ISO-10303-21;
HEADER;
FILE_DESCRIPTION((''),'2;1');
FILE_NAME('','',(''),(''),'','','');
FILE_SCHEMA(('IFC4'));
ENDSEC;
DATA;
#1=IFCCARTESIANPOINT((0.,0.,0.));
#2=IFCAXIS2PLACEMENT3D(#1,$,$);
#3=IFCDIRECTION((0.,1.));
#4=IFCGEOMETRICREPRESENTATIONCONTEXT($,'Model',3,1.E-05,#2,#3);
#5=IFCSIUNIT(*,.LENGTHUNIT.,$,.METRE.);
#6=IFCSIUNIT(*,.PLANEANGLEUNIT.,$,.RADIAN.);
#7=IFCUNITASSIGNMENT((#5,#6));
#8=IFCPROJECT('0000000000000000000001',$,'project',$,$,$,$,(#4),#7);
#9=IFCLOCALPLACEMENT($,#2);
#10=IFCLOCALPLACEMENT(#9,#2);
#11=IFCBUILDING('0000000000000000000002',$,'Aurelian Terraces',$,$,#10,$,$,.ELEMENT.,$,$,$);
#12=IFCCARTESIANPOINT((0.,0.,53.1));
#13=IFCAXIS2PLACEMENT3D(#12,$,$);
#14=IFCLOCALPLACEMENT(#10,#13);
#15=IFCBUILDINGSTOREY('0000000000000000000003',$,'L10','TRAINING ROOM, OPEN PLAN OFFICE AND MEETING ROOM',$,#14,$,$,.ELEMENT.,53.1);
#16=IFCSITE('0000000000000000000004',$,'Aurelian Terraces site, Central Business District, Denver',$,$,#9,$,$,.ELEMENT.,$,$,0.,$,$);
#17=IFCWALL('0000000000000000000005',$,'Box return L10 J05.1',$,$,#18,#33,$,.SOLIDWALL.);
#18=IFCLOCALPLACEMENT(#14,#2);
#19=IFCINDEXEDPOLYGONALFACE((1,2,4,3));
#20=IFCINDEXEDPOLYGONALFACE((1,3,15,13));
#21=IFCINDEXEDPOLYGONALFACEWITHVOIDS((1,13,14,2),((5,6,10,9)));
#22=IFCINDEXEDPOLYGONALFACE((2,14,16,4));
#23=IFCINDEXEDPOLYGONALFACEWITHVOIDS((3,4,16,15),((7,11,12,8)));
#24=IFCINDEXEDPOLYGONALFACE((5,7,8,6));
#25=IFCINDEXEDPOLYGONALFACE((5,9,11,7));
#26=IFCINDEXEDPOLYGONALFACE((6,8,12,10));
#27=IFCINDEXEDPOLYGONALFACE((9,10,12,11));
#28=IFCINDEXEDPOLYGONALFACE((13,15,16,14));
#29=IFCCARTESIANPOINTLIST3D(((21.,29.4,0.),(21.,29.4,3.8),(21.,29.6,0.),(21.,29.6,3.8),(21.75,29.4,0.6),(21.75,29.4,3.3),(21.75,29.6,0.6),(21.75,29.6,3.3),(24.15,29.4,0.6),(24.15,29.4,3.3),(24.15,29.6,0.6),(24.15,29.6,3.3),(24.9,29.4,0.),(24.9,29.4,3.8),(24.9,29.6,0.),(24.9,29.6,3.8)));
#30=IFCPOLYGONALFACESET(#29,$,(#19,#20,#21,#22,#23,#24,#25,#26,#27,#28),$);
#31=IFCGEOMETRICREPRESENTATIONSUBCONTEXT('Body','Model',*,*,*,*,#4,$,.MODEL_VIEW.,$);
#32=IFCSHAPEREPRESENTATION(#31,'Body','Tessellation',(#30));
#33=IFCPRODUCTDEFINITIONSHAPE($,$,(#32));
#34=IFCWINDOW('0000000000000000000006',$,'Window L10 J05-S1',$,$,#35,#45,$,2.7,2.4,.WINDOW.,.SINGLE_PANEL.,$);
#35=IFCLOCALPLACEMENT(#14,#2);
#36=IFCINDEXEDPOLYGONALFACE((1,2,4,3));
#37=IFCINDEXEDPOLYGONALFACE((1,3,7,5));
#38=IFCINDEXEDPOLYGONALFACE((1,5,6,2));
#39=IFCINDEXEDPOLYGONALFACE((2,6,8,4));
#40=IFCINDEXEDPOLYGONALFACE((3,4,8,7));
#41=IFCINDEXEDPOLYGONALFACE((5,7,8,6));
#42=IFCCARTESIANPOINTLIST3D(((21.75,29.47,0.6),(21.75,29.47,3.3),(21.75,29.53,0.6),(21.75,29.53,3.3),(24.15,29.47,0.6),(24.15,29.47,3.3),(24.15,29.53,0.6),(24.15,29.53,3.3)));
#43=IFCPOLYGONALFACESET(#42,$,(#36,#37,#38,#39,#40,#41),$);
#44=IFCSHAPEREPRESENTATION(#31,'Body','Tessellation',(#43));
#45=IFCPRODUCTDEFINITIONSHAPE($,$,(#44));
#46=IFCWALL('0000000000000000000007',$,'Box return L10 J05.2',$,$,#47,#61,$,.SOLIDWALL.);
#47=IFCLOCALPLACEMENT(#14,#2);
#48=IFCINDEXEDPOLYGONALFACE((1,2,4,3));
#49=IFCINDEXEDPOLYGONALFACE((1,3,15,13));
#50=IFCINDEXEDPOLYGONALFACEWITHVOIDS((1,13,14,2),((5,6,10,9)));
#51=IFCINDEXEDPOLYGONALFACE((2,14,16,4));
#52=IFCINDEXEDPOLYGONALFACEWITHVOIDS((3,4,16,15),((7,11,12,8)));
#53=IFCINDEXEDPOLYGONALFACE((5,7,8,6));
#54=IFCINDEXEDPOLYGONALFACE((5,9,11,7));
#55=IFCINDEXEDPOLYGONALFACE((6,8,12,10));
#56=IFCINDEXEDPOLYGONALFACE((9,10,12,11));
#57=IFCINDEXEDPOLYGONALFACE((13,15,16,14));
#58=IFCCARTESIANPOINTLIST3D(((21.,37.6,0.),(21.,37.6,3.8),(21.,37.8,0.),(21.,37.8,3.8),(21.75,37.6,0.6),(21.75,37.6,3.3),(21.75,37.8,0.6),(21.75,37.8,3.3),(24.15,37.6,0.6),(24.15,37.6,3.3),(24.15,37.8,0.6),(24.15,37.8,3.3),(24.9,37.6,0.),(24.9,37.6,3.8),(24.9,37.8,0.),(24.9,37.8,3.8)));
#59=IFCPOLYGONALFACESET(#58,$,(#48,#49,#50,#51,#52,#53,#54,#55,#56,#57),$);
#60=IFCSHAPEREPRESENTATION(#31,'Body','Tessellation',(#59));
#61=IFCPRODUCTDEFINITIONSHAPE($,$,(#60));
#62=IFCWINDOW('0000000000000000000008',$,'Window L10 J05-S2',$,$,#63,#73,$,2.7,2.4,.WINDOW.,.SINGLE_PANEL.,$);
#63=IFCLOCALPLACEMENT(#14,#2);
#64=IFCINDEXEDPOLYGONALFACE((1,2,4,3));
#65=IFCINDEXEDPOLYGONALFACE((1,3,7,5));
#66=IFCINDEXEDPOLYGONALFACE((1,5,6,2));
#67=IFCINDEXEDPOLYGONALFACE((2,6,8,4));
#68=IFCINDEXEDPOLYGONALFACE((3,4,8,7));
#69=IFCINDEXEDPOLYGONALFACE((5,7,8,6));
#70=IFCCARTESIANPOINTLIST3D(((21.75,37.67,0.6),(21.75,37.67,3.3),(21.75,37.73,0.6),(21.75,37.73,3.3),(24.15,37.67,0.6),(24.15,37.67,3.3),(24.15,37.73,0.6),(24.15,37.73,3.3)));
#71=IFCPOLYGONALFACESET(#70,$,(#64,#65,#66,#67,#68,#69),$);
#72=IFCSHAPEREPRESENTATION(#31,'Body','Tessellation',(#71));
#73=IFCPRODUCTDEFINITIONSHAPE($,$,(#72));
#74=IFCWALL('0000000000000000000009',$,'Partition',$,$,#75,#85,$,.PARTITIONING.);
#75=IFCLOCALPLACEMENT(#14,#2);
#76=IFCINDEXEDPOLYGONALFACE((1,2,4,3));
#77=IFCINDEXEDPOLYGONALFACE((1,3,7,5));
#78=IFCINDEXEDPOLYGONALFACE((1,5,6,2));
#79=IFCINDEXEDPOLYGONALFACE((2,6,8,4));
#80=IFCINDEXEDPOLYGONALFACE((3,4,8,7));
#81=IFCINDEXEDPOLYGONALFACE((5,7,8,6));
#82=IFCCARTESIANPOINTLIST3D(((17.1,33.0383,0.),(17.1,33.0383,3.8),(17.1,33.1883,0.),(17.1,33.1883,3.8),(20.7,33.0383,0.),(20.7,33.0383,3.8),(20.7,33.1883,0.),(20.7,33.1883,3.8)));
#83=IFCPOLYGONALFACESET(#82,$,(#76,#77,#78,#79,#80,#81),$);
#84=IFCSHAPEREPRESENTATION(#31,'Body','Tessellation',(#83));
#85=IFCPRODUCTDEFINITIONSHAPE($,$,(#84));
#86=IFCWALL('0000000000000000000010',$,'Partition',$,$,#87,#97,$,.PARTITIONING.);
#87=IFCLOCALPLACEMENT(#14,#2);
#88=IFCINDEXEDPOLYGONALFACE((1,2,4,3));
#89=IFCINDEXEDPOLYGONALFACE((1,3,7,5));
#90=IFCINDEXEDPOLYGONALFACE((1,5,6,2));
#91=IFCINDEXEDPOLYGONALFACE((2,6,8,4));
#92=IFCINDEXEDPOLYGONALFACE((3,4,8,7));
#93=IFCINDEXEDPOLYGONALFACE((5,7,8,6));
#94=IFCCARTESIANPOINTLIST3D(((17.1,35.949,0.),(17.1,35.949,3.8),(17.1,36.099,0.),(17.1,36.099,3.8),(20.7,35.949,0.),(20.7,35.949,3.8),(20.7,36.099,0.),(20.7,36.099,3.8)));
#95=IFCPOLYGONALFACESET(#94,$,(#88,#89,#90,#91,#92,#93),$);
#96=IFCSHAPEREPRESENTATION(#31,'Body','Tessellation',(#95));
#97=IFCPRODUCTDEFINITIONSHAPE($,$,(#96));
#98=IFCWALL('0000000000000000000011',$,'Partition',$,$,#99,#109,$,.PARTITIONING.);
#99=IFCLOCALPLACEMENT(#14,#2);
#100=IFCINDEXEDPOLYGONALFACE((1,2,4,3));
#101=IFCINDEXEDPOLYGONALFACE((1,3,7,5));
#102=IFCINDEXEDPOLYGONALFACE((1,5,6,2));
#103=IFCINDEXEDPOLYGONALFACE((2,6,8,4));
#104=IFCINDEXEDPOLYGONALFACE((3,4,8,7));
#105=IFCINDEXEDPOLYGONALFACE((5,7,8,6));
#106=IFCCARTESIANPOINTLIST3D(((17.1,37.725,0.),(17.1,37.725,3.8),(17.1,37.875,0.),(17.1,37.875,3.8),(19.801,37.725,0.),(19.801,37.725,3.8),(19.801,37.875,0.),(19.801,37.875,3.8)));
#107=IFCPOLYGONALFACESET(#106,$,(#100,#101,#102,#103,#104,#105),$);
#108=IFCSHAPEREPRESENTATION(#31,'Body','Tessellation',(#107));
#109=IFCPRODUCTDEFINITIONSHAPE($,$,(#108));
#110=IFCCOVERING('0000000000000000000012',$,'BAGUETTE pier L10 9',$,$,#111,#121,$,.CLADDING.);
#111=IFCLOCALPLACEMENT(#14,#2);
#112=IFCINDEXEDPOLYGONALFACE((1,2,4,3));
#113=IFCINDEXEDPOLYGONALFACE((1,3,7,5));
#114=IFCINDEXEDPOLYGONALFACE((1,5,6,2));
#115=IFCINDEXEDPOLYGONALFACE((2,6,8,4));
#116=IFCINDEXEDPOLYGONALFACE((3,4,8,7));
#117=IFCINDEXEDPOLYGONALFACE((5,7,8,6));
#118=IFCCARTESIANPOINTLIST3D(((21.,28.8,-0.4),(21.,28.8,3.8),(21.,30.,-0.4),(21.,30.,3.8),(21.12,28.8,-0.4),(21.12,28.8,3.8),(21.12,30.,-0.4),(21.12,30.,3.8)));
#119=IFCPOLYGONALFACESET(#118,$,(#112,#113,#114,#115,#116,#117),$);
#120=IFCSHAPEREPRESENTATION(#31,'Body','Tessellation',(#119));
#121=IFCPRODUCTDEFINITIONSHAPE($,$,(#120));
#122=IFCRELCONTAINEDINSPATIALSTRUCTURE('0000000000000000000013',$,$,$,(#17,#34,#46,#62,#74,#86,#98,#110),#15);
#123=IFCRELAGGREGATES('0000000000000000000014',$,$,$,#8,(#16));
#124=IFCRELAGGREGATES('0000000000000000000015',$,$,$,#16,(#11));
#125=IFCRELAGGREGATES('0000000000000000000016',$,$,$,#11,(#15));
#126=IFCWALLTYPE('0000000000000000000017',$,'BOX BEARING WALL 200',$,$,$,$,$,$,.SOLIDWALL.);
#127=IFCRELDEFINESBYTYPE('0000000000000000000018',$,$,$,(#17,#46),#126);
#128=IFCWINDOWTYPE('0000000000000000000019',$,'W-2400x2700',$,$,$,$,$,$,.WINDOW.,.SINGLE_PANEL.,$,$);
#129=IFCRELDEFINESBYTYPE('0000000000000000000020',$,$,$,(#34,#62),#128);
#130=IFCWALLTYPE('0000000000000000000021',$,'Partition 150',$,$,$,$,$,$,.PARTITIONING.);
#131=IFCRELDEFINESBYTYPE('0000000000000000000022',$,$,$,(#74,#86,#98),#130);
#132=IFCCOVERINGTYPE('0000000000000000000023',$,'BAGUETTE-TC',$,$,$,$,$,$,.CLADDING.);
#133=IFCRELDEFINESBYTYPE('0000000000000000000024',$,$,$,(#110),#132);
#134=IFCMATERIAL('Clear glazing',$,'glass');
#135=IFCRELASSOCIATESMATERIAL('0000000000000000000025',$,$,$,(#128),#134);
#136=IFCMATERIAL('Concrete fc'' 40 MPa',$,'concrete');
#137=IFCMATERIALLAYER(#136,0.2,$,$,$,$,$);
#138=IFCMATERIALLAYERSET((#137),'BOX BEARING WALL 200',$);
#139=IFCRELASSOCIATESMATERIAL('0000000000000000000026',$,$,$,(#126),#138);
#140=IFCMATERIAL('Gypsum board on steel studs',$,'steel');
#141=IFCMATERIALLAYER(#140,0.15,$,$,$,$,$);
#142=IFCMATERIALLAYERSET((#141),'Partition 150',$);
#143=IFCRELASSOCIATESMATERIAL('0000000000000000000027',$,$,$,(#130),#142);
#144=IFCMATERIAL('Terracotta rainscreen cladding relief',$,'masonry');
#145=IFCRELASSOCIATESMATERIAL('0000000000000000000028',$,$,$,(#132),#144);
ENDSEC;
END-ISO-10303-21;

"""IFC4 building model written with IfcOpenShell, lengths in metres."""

from ifc_helpers import new_model, si_unit, direction, frame, frame_2d, origin, origin_2d, place, context, subcontext, project, spatial, rectangle, extrude, source, transform, mapped, material, layer, layer_set, type_object, element, fill, save


model = new_model("IFC4")

# Units and contexts
model_context = context("Model", 3, precision=1e-05, world=origin(), true_north=direction((0.0, 1.0)))
body_context = subcontext(model_context, "Body", "Model", "MODEL_VIEW")
ifc_project = project(units=[si_unit("LENGTHUNIT", "METRE"), si_unit("PLANEANGLEUNIT", "RADIAN")], contexts=[model_context])

# Site, building, storey
site_placement = place(None, origin())
site = spatial("IfcSite", under=ifc_project, at=site_placement, Name="Aurelian Terraces site, Central Business District, Denver", CompositionType="ELEMENT", RefElevation=0.0)
building_placement = place(site_placement, origin())
building = spatial("IfcBuilding", under=site, at=building_placement, Name="Aurelian Terraces", CompositionType="ELEMENT")
storey_placement = place(building_placement, frame((0.0, 0.0, 53.1)))
storey = spatial("IfcBuildingStorey", under=building, at=storey_placement, Name="L10", Description="TRAINING ROOM, OPEN PLAN OFFICE AND MEETING ROOM", CompositionType="ELEMENT", Elevation=53.1)

# Shared definitions
ifc_material_1 = material(Name="Concrete fc' 40 MPa", Category="concrete")
ifc_material_2 = material(Name="Clear glazing", Category="glass")

# Shared definitions
window_type_1 = type_object("IfcWindowType", Name="W-2400x2700", PartitioningType="SINGLE_PANEL", PredefinedType="WINDOW", material=ifc_material_2)
shared_shape_1 = source(origin(), body_context, "Body", "SweptSolid", [
    extrude(rectangle(XDim=2.4, YDim=2.7, at=frame_2d((1.2, 1.35))), frame((0.0, 0.03, 0.0), z_axis=(0.0, -1.0, 0.0), x_axis=(1.0, 0.0, 0.0)), (0.0, 0.0, 1.0), 0.06),
])

# Walls, openings, windows
ifc_layer_1 = layer(ifc_material_1, 0.2)
ifc_layer_set_1 = layer_set([ifc_layer_1], Name="BOX BEARING WALL 200")
wall_type_1 = type_object("IfcWallType", Name="BOX BEARING WALL 200", PredefinedType="SOLIDWALL", material=ifc_layer_set_1)
shared_shape_2 = source(origin(), body_context, "Body", "SweptSolid", [
    extrude(rectangle(XDim=3.9, YDim=0.2, at=frame_2d((1.95, 0.0))), origin(), (0.0, 0.0, 1.0), 3.8),
])
wall_1_placement = place(storey_placement, frame((21.0, 29.5, 0.0), z_axis=(0.0, 0.0, 1.0), x_axis=(1.0, 0.0, 0.0)))
wall_1 = element("IfcWall", 1, at=wall_1_placement, inside=storey, type_object=wall_type_1, Name="Box return L10 J05.1", PredefinedType="SOLIDWALL", context=body_context, shape_type="MappedRepresentation", body=[
    mapped(shared_shape_2, transform((0.0, 0.0, 0.0), scale=1.0)),
])
shared_shape_3 = source(origin(), body_context, "Body", "SweptSolid", [
    extrude(rectangle(XDim=2.4, YDim=2.7, at=frame_2d((1.2, 1.35))), frame((0.0, 0.11, 0.0), z_axis=(0.0, -1.0, 0.0), x_axis=(1.0, 0.0, 0.0)), (0.0, 0.0, 1.0), 0.22),
])
opening_1_placement = place(wall_1_placement, frame((0.75, 0.0, 0.6)))
opening_1 = element("IfcOpeningElement", 2, at=opening_1_placement, cuts=wall_1, PredefinedType="OPENING", context=body_context, shape_type="MappedRepresentation", body=[
    mapped(shared_shape_3, transform((0.0, 0.0, 0.0), scale=1.0)),
])
window_1_placement = place(opening_1_placement, origin())
window_1 = element("IfcWindow", 3, at=window_1_placement, inside=storey, type_object=window_type_1, Name="Window L10 J05-S1", OverallHeight=2.7, OverallWidth=2.4, PartitioningType="SINGLE_PANEL", PredefinedType="WINDOW", context=body_context, shape_type="MappedRepresentation", body=[
    mapped(shared_shape_1, transform((0.0, 0.0, 0.0), scale=1.0)),
])
fill(opening_1, window_1)
wall_2_placement = place(storey_placement, frame((21.0, 37.7, 0.0), z_axis=(0.0, 0.0, 1.0), x_axis=(1.0, 0.0, 0.0)))
wall_2 = element("IfcWall", 4, at=wall_2_placement, inside=storey, type_object=wall_type_1, Name="Box return L10 J05.2", PredefinedType="SOLIDWALL", context=body_context, shape_type="MappedRepresentation", body=[
    mapped(shared_shape_2, transform((0.0, 0.0, 0.0), scale=1.0)),
])
opening_2_placement = place(wall_2_placement, frame((0.75, 0.0, 0.6)))
opening_2 = element("IfcOpeningElement", 5, at=opening_2_placement, cuts=wall_2, PredefinedType="OPENING", context=body_context, shape_type="MappedRepresentation", body=[
    mapped(shared_shape_3, transform((0.0, 0.0, 0.0), scale=1.0)),
])
window_2_placement = place(opening_2_placement, origin())
window_2 = element("IfcWindow", 6, at=window_2_placement, inside=storey, type_object=window_type_1, Name="Window L10 J05-S2", OverallHeight=2.7, OverallWidth=2.4, PartitioningType="SINGLE_PANEL", PredefinedType="WINDOW", context=body_context, shape_type="MappedRepresentation", body=[
    mapped(shared_shape_1, transform((0.0, 0.0, 0.0), scale=1.0)),
])
fill(opening_2, window_2)

# Walls
ifc_material_3 = material(Name="Gypsum board on steel studs", Category="steel")
ifc_layer_2 = layer(ifc_material_3, 0.15)
ifc_layer_set_2 = layer_set([ifc_layer_2], Name="Partition 150")
wall_type_2 = type_object("IfcWallType", Name="Partition 150", PredefinedType="PARTITIONING", material=ifc_layer_set_2)
shared_shape_4 = source(origin(), body_context, "Body", "SweptSolid", [
    extrude(rectangle(XDim=3.6, YDim=0.15, at=frame_2d((1.8, 0.0))), origin(), (0.0, 0.0, 1.0), 3.8),
])
for number, where, z_axis, x_axis, name in (
    (7, (17.1, 33.1133, 0.0), (0.0, 0.0, 1.0), (1.0, 0.0, 0.0), "Partition"),
    (8, (17.1, 36.024, 0.0), (0.0, 0.0, 1.0), (1.0, 0.0, 0.0), "Partition"),
):
    element("IfcWall", number, at=place(storey_placement, frame(where, z_axis=z_axis, x_axis=x_axis)), inside=storey, type_object=wall_type_2, Name=name, PredefinedType="PARTITIONING", context=body_context, shape_type="MappedRepresentation", body=[
        mapped(shared_shape_4, transform((0.0, 0.0, 0.0), scale=1.0)),
    ])
shared_shape_5 = source(origin(), body_context, "Body", "SweptSolid", [
    extrude(rectangle(XDim=2.701, YDim=0.15, at=frame_2d((1.3505, 0.0))), origin(), (0.0, 0.0, 1.0), 3.8),
])
wall_3_placement = place(storey_placement, frame((19.801, 37.8, 0.0), z_axis=(0.0, 0.0, 1.0), x_axis=(-1.0, 0.0, 0.0)))
element("IfcWall", 9, at=wall_3_placement, inside=storey, type_object=wall_type_2, Name="Partition", PredefinedType="PARTITIONING", context=body_context, shape_type="MappedRepresentation", body=[
    mapped(shared_shape_5, transform((0.0, 0.0, 0.0), scale=1.0)),
])

# Covering
ifc_material_4 = material(Name="Terracotta rainscreen cladding relief", Category="masonry")
covering_type = type_object("IfcCoveringType", Name="BAGUETTE-TC", PredefinedType="CLADDING", material=ifc_material_4)
shared_shape_6 = source(origin(), body_context, "Body", "SweptSolid", [
    extrude(rectangle(XDim=0.12, YDim=1.2, at=origin_2d()), origin(), (0.0, 0.0, 1.0), 4.2),
])
covering_placement = place(storey_placement, frame((21.06, 29.4, -0.4), z_axis=(0.0, 0.0, 1.0), x_axis=(1.0, 0.0, 0.0)))
element("IfcCovering", 10, at=covering_placement, inside=storey, type_object=covering_type, Name="BAGUETTE pier L10 9", PredefinedType="CLADDING", context=body_context, shape_type="MappedRepresentation", body=[
    mapped(shared_shape_6, transform((0.0, 0.0, 0.0), scale=1.0)),
])

save(model, "model.ifc")
